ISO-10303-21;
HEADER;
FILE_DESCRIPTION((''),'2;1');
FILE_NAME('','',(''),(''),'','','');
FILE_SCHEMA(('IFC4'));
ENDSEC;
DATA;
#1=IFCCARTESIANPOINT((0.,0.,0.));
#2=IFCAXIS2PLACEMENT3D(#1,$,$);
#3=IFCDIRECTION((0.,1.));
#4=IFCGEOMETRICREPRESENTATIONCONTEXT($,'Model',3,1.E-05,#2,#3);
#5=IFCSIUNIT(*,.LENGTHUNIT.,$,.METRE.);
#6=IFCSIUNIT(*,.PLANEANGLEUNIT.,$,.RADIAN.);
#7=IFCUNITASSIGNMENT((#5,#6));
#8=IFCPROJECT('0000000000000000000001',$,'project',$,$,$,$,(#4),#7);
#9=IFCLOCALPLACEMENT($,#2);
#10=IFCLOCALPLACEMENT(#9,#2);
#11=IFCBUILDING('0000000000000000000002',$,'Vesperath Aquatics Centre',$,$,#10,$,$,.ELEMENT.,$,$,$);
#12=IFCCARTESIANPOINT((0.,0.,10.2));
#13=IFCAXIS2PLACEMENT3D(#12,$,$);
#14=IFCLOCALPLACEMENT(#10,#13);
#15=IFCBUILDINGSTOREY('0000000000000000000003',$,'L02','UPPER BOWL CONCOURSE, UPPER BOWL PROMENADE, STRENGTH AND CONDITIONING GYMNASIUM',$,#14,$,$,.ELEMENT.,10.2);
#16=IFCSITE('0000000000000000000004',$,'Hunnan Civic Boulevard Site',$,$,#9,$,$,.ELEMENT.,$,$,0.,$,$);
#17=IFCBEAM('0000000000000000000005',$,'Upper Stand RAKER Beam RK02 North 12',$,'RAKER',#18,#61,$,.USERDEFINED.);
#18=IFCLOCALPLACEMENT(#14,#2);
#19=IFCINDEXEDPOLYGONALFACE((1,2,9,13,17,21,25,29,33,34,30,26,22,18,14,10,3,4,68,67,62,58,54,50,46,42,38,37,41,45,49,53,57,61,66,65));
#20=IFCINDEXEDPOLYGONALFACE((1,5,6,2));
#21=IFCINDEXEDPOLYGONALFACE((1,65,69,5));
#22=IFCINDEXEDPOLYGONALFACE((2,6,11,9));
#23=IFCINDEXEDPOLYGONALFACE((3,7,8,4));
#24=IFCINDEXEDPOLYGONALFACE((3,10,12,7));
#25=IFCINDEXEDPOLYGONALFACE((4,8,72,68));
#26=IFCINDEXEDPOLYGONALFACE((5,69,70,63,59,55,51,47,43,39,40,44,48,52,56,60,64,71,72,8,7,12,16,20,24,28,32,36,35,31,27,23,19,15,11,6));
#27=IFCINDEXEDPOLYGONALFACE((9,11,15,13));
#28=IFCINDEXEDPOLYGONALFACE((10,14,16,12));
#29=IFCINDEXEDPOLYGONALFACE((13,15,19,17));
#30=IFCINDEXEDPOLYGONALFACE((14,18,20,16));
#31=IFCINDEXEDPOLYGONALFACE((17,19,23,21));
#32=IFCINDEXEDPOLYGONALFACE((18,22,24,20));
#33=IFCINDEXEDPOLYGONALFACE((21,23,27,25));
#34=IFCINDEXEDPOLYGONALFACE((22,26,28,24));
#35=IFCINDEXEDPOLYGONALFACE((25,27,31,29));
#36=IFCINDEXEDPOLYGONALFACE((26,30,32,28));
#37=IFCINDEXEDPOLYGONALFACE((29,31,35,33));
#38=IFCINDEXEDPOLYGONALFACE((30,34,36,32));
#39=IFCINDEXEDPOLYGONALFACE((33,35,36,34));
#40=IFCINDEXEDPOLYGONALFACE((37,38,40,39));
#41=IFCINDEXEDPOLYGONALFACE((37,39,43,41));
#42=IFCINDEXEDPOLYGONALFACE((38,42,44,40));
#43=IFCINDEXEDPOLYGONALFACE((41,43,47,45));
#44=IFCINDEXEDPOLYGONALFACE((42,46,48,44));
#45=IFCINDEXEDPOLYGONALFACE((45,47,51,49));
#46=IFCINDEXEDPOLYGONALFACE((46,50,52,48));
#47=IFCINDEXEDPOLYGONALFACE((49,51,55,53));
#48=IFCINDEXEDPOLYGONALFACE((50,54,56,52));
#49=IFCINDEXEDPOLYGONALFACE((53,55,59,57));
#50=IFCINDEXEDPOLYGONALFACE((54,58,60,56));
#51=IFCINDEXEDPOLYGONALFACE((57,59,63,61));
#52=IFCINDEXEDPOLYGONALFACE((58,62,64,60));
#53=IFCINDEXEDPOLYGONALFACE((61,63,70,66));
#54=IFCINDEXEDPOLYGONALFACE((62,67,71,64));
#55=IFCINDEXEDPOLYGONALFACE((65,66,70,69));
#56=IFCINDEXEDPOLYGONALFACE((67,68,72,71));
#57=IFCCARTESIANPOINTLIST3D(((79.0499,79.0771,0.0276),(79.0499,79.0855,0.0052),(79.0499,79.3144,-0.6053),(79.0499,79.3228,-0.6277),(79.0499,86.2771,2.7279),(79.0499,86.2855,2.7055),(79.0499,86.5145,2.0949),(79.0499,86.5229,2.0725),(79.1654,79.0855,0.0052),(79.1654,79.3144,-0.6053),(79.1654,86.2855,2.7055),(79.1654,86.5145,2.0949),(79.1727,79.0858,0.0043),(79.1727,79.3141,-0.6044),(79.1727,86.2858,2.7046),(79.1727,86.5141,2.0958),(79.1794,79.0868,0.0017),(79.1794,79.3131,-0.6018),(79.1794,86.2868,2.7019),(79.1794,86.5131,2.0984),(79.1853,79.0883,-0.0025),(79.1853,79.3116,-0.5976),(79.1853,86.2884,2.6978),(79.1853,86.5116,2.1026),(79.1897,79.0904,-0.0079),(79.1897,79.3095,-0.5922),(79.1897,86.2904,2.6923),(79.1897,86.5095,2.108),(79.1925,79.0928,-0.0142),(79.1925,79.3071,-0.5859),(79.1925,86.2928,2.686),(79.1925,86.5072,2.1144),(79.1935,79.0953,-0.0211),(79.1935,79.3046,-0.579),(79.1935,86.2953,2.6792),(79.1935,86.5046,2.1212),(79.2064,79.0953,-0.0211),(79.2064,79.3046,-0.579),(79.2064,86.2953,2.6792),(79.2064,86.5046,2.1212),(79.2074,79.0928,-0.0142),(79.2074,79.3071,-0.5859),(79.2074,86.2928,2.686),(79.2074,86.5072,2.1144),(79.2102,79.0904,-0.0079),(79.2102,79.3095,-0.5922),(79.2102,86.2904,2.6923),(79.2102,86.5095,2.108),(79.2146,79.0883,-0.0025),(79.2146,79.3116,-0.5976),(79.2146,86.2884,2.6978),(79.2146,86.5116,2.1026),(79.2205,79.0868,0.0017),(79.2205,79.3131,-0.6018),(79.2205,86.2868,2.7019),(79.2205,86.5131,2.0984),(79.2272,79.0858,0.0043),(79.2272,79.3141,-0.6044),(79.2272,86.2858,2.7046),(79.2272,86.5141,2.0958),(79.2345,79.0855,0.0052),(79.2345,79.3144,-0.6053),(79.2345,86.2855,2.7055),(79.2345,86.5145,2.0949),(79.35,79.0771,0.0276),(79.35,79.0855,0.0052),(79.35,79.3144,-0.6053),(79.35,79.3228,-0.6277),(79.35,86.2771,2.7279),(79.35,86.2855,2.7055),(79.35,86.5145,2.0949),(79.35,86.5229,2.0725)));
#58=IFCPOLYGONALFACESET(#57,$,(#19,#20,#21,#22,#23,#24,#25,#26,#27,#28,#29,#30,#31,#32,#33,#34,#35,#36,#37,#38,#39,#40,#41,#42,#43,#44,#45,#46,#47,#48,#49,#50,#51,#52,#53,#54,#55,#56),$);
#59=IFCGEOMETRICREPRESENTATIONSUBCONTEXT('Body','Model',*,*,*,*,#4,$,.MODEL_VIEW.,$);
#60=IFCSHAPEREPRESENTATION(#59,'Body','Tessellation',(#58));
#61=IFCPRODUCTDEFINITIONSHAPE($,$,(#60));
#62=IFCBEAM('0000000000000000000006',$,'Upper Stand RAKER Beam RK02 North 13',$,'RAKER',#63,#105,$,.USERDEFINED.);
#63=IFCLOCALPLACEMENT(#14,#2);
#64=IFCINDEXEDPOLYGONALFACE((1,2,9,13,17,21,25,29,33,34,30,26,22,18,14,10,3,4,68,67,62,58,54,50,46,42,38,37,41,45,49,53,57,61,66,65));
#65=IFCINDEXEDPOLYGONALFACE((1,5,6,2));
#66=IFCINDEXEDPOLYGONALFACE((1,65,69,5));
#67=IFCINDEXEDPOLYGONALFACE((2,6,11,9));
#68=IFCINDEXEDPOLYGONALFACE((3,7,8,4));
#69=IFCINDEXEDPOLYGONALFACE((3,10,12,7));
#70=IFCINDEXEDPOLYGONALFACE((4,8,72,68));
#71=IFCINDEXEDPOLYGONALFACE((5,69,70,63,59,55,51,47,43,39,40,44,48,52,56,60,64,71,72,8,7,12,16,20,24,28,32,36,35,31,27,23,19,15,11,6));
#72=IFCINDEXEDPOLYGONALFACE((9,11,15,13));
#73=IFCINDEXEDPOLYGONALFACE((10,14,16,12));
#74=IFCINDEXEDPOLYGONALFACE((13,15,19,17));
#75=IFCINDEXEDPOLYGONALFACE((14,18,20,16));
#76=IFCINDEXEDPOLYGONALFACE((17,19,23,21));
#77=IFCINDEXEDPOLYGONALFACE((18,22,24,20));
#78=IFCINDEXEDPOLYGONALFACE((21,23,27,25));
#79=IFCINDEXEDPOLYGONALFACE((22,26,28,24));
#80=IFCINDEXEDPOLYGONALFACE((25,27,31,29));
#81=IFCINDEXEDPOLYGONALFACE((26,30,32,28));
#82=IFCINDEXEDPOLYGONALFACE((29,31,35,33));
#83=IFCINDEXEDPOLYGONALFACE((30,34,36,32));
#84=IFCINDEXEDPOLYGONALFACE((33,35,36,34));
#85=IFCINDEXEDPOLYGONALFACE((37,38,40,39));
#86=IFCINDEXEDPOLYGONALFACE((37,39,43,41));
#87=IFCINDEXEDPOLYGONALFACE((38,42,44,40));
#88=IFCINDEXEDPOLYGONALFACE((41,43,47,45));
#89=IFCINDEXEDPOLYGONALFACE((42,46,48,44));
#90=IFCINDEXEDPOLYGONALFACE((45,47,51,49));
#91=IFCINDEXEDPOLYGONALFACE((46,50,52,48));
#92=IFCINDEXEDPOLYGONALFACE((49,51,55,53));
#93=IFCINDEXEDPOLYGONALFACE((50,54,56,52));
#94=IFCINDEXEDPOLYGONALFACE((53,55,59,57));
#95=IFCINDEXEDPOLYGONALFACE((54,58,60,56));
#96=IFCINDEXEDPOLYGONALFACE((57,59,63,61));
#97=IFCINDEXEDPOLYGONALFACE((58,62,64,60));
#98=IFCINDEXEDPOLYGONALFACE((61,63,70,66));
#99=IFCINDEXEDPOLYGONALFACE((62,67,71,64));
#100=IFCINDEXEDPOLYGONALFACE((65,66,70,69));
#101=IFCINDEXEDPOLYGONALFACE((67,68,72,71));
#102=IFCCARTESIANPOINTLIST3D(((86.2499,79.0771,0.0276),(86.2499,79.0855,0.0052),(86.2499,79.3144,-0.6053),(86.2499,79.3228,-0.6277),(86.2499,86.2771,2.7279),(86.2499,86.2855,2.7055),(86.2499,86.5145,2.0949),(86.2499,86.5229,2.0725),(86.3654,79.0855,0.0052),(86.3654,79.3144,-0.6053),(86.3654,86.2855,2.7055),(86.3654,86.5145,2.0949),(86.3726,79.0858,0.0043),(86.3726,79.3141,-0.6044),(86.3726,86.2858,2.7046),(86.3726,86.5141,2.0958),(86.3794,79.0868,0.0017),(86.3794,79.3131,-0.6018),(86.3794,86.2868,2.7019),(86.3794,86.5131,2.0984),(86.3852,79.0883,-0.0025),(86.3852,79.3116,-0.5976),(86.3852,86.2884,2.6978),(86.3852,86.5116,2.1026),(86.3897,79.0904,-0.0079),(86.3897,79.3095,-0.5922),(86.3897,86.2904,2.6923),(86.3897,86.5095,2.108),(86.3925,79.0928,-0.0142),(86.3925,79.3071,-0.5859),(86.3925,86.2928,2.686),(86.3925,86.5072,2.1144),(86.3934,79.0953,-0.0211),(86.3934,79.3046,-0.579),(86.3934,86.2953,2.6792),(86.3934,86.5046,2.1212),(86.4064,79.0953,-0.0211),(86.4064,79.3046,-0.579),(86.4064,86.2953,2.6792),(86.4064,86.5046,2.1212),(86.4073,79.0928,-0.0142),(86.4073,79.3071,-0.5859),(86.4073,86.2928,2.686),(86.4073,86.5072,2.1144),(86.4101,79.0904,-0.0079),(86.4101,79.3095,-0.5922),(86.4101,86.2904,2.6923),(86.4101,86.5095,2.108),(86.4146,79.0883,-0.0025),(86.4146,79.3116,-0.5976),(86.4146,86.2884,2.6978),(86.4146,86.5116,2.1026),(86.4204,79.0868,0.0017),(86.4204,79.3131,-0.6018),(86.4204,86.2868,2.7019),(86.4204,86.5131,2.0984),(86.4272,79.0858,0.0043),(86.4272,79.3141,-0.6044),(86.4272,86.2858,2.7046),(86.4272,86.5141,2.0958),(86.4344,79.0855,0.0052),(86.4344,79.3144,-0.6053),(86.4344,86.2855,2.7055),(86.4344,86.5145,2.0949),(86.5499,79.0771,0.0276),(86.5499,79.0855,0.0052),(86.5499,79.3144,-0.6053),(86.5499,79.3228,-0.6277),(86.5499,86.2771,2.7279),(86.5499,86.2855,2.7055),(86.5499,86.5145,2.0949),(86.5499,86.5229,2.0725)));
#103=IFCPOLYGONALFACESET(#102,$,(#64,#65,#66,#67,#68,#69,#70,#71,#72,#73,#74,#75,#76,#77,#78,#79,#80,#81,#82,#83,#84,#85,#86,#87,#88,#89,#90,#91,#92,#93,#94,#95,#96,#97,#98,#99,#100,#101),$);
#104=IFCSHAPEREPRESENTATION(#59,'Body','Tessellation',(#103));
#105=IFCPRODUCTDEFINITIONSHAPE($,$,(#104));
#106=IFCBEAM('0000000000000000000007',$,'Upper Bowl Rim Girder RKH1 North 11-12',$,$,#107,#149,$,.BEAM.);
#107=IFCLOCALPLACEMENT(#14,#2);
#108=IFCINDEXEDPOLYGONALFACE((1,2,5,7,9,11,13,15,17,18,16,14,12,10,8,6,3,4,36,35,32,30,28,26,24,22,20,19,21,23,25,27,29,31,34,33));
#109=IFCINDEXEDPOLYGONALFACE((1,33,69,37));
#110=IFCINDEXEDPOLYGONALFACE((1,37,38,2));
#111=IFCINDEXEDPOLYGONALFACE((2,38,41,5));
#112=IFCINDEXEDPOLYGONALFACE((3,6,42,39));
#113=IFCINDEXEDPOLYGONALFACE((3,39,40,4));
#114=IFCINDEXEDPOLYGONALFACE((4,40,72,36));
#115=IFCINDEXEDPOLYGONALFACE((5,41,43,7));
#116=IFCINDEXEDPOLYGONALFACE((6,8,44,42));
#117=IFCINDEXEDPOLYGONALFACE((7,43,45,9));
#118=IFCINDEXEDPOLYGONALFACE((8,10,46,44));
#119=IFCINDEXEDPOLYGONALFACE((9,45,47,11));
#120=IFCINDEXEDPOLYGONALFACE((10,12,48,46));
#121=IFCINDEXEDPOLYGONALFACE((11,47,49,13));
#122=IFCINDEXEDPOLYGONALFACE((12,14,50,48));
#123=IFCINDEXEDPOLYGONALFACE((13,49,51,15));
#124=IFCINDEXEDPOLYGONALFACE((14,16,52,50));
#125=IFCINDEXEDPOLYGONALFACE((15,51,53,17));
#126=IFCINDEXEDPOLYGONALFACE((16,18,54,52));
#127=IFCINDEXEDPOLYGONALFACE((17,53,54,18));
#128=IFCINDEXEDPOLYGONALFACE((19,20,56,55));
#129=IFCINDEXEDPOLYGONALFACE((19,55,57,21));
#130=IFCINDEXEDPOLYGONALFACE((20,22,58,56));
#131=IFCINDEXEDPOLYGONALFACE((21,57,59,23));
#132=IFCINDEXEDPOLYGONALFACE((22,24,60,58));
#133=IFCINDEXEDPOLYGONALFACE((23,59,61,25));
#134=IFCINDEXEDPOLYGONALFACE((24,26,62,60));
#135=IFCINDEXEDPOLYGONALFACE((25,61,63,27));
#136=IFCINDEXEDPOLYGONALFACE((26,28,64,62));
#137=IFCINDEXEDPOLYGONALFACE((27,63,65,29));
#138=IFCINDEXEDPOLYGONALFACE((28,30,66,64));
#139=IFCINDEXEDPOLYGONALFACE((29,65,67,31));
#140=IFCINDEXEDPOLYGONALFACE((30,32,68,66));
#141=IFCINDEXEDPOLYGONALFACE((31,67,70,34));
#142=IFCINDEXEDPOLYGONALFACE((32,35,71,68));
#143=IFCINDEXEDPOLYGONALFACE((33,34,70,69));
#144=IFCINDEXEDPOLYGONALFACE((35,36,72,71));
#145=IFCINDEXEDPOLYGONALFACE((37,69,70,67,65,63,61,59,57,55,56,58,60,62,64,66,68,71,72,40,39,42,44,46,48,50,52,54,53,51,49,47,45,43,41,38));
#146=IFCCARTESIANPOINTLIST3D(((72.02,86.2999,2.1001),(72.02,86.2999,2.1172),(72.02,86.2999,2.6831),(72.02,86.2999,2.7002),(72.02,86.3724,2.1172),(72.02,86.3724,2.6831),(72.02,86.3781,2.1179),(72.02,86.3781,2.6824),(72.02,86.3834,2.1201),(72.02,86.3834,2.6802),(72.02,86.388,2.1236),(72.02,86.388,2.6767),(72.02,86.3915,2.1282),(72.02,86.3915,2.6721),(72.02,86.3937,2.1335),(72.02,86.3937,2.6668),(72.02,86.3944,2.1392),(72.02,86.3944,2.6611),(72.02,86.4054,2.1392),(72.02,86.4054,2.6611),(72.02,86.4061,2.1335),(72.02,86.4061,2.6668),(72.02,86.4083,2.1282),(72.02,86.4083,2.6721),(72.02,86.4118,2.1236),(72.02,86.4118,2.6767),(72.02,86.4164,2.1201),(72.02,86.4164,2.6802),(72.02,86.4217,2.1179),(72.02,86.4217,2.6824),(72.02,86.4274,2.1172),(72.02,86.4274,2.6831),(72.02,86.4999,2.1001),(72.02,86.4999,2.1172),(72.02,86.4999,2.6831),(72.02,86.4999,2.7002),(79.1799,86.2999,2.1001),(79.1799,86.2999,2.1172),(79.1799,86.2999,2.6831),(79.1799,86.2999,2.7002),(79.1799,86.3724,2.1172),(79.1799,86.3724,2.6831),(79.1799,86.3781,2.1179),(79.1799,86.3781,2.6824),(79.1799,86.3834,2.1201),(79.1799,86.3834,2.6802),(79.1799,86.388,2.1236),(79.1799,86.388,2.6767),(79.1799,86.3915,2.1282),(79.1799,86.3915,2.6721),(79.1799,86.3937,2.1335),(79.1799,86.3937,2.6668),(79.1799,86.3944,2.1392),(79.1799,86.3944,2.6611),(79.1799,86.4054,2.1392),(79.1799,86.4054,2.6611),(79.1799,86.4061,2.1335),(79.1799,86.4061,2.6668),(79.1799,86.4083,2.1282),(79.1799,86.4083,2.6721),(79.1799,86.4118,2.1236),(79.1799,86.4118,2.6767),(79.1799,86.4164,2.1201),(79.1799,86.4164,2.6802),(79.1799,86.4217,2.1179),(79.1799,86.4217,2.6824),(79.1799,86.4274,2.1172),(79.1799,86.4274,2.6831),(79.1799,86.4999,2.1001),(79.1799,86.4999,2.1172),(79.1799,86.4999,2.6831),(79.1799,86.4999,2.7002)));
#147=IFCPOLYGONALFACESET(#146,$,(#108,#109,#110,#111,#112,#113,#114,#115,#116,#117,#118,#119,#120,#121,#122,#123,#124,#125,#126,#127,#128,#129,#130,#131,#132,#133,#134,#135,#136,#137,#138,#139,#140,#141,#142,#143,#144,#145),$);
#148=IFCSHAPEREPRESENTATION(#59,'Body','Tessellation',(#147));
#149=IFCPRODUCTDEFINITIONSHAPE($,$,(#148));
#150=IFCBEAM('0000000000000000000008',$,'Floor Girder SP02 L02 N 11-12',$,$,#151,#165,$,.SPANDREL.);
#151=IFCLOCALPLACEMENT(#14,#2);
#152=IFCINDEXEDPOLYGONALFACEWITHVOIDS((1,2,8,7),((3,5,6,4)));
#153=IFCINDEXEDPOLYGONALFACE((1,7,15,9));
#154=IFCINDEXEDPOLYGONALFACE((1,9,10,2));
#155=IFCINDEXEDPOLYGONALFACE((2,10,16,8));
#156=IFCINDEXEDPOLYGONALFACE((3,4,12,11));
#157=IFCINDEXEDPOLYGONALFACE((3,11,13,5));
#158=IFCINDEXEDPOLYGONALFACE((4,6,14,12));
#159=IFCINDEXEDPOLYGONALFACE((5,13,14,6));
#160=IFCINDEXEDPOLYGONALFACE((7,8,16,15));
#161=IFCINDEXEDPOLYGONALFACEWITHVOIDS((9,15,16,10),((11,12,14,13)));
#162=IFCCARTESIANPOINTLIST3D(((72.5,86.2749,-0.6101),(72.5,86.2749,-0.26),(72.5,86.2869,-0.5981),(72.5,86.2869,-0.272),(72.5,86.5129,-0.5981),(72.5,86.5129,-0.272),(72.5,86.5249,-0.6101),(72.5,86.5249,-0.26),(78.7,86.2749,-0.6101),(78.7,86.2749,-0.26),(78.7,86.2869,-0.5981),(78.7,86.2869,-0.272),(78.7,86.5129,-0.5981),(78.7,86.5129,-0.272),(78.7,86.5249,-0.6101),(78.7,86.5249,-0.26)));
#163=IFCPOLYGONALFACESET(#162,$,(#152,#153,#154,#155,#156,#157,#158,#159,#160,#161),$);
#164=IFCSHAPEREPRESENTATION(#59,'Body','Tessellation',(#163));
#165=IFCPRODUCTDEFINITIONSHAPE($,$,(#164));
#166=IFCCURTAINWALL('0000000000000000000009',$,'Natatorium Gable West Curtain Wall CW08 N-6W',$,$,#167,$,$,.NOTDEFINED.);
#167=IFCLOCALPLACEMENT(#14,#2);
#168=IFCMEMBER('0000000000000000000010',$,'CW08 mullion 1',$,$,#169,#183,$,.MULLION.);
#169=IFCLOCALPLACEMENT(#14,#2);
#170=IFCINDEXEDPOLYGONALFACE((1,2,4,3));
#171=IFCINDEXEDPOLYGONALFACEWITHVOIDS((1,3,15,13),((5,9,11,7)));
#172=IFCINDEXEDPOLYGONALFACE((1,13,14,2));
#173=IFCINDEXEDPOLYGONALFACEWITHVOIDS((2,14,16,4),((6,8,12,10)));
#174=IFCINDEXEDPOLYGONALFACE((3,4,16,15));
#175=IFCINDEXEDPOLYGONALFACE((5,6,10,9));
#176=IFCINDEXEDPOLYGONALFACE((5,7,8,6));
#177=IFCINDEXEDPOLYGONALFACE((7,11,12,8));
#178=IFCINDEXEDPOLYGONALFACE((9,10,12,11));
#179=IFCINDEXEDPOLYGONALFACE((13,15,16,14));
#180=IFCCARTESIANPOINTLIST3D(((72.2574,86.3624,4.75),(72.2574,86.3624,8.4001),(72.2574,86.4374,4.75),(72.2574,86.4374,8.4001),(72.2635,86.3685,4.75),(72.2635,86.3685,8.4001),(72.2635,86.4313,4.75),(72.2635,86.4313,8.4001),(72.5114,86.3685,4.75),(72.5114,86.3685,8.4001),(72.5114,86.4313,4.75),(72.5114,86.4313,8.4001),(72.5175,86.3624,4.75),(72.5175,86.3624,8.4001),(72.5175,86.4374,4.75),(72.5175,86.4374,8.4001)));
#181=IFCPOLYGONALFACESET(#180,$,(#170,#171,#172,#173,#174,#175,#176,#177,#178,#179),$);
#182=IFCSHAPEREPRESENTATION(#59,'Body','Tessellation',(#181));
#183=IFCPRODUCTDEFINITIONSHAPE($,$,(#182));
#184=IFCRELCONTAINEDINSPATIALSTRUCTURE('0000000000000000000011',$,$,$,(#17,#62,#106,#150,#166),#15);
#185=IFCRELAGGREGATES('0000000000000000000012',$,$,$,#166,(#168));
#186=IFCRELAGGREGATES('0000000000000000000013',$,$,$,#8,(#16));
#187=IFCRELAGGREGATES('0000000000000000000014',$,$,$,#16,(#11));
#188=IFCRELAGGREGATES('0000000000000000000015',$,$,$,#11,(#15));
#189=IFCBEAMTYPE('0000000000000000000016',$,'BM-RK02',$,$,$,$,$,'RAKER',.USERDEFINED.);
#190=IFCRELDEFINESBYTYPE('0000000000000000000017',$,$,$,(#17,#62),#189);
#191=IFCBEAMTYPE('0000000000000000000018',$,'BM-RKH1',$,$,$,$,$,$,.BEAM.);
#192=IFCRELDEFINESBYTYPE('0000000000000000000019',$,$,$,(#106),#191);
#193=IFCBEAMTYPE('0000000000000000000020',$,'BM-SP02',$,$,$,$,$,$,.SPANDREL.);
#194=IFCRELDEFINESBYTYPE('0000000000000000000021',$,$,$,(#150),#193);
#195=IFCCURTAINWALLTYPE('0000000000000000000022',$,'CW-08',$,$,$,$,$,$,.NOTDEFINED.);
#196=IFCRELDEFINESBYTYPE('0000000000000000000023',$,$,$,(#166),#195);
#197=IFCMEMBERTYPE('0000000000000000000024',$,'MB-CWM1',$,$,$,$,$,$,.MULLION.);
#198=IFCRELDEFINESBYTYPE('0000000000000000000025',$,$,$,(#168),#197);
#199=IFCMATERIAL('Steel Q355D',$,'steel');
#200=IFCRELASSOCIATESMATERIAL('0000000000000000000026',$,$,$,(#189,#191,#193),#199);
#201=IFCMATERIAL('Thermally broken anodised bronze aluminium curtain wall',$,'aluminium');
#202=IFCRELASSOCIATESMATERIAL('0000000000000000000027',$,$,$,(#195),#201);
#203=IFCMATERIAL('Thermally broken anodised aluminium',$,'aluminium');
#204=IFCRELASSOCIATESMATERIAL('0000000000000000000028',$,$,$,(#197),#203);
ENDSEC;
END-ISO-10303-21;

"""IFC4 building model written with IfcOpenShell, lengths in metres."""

from ifc_helpers import new_model, si_unit, direction, frame, origin, origin_2d, place, context, subcontext, project, spatial, hollow_rectangle, i_section, extrude, material, material_profile, profile_set, type_object, element, aggregate, save


model = new_model("IFC4")

# Units and contexts
model_context = context("Model", 3, precision=1e-05, world=origin(), true_north=direction((0.0, 1.0)))
body_context = subcontext(model_context, "Body", "Model", "MODEL_VIEW")
ifc_project = project(units=[si_unit("LENGTHUNIT", "METRE"), si_unit("PLANEANGLEUNIT", "RADIAN")], contexts=[model_context])

# Site, building, storey
site_placement = place(None, origin())
site = spatial("IfcSite", under=ifc_project, at=site_placement, Name="Hunnan Civic Boulevard Site", CompositionType="ELEMENT", RefElevation=0.0)
building_placement = place(site_placement, origin())
building = spatial("IfcBuilding", under=site, at=building_placement, Name="Vesperath Aquatics Centre", CompositionType="ELEMENT")
storey_placement = place(building_placement, frame((0.0, 0.0, 10.2)))
storey = spatial("IfcBuildingStorey", under=building, at=storey_placement, Name="L02", Description="UPPER BOWL CONCOURSE, UPPER BOWL PROMENADE, STRENGTH AND CONDITIONING GYMNASIUM", CompositionType="ELEMENT", Elevation=10.2)

# Shared definitions
ifc_material_1 = material(Name="Steel Q355D", Category="steel")

# Beams
ifc_material_profile_1 = material_profile(ifc_material_1, i_section(OverallWidth=0.3, OverallDepth=0.7, WebThickness=0.0129, FlangeThickness=0.0239, FilletRadius=0.0281, at=origin_2d()), Name="HN 700x300x13x24")
ifc_profile_set_1 = profile_set([ifc_material_profile_1], Name="Steel Q355D")
beam_type_1 = type_object("IfcBeamType", Name="BM-RK02", ElementType="RAKER", PredefinedType="USERDEFINED", material=ifc_profile_set_1)
for number, where, z_axis, x_axis, name in (
    (1, (79.2, 79.2, -0.3), (0.0, 0.93632, 0.351148), (-1.0, 0.0, 0.0), "Upper Stand RAKER Beam RK02 North 12"),
    (2, (86.3999, 79.2, -0.3), (0.0, 0.93632, 0.351148), (-1.0, 0.0, 0.0), "Upper Stand RAKER Beam RK02 North 13"),
):
    element("IfcBeam", number, at=place(storey_placement, frame(where, z_axis=z_axis, x_axis=x_axis)), inside=storey, type_object=beam_type_1, Name=name, ObjectType="RAKER", PredefinedType="USERDEFINED", context=body_context, shape_type="SweptSolid", body=[
        extrude(i_section(OverallWidth=0.3, OverallDepth=0.7, WebThickness=0.0129, FlangeThickness=0.0239, FilletRadius=0.0281, at=origin_2d()), origin(), (0.0, 0.0, 1.0), 7.6897),
    ])
ifc_material_profile_2 = material_profile(ifc_material_1, i_section(OverallWidth=0.2, OverallDepth=0.6001, WebThickness=0.011, FlangeThickness=0.0171, FilletRadius=0.022, at=origin_2d()), Name="HN 600x200x11x17")
ifc_profile_set_2 = profile_set([ifc_material_profile_2], Name="Steel Q355D")
beam_type_2 = type_object("IfcBeamType", Name="BM-RKH1", PredefinedType="BEAM", material=ifc_profile_set_2)
beam_1_placement = place(storey_placement, frame((72.02, 86.3999, 2.4001), z_axis=(1.0, 0.0, 0.0), x_axis=(0.0, 1.0, 0.0)))
element("IfcBeam", 3, at=beam_1_placement, inside=storey, type_object=beam_type_2, Name="Upper Bowl Rim Girder RKH1 North 11-12", PredefinedType="BEAM", context=body_context, shape_type="SweptSolid", body=[
    extrude(i_section(OverallWidth=0.2, OverallDepth=0.6001, WebThickness=0.011, FlangeThickness=0.0171, FilletRadius=0.022, at=origin_2d()), origin(), (0.0, 0.0, 1.0), 7.1599),
])
ifc_material_profile_3 = material_profile(ifc_material_1, hollow_rectangle(XDim=0.25, YDim=0.3501, WallThickness=0.012, at=origin_2d()), Name="RHS 350x250x12")
ifc_profile_set_3 = profile_set([ifc_material_profile_3], Name="Steel Q355D")
beam_type_3 = type_object("IfcBeamType", Name="BM-SP02", PredefinedType="SPANDREL", material=ifc_profile_set_3)
beam_2_placement = place(storey_placement, frame((72.5, 86.3999, -0.4351), z_axis=(1.0, 0.0, 0.0), x_axis=(0.0, 1.0, 0.0)))
element("IfcBeam", 4, at=beam_2_placement, inside=storey, type_object=beam_type_3, Name="Floor Girder SP02 L02 N 11-12", PredefinedType="SPANDREL", context=body_context, shape_type="SweptSolid", body=[
    extrude(hollow_rectangle(XDim=0.25, YDim=0.3501, WallThickness=0.012, at=origin_2d()), origin(), (0.0, 0.0, 1.0), 6.2),
])

# Curtain wall, member
ifc_material_2 = material(Name="Thermally broken anodised bronze aluminium curtain wall", Category="aluminium")
curtain_wall_type_1 = type_object("IfcCurtainWallType", Name="CW-08", PredefinedType="NOTDEFINED", material=ifc_material_2)
curtain_wall_1_placement = place(storey_placement, origin())
curtain_wall_1 = element("IfcCurtainWall", 5, at=curtain_wall_1_placement, inside=storey, type_object=curtain_wall_type_1, Name="Natatorium Gable West Curtain Wall CW08 N-6W", PredefinedType="NOTDEFINED")
ifc_material_3 = material(Name="Thermally broken anodised aluminium", Category="aluminium")
ifc_material_profile_4 = material_profile(ifc_material_3, hollow_rectangle(XDim=0.075, YDim=0.26, WallThickness=0.0061, at=origin_2d()), Name="CWM 75x260x6")
ifc_profile_set_4 = profile_set([ifc_material_profile_4], Name="Thermally broken anodised aluminium")
member_type_1 = type_object("IfcMemberType", Name="MB-CWM1", PredefinedType="MULLION", material=ifc_profile_set_4)
member_1_placement = place(storey_placement, frame((72.3875, 86.3999, 4.75), z_axis=(0.0, 0.0, 1.0), x_axis=(0.0, 1.0, 0.0)))
member_1 = element("IfcMember", 6, at=member_1_placement, type_object=member_type_1, Name="CW08 mullion 1", PredefinedType="MULLION", context=body_context, shape_type="SweptSolid", body=[
    extrude(hollow_rectangle(XDim=0.075, YDim=0.26, WallThickness=0.0061, at=origin_2d()), origin(), (0.0, 0.0, 1.0), 3.6501),
])

aggregate(curtain_wall_1, [member_1])

save(model, "model.ifc")
